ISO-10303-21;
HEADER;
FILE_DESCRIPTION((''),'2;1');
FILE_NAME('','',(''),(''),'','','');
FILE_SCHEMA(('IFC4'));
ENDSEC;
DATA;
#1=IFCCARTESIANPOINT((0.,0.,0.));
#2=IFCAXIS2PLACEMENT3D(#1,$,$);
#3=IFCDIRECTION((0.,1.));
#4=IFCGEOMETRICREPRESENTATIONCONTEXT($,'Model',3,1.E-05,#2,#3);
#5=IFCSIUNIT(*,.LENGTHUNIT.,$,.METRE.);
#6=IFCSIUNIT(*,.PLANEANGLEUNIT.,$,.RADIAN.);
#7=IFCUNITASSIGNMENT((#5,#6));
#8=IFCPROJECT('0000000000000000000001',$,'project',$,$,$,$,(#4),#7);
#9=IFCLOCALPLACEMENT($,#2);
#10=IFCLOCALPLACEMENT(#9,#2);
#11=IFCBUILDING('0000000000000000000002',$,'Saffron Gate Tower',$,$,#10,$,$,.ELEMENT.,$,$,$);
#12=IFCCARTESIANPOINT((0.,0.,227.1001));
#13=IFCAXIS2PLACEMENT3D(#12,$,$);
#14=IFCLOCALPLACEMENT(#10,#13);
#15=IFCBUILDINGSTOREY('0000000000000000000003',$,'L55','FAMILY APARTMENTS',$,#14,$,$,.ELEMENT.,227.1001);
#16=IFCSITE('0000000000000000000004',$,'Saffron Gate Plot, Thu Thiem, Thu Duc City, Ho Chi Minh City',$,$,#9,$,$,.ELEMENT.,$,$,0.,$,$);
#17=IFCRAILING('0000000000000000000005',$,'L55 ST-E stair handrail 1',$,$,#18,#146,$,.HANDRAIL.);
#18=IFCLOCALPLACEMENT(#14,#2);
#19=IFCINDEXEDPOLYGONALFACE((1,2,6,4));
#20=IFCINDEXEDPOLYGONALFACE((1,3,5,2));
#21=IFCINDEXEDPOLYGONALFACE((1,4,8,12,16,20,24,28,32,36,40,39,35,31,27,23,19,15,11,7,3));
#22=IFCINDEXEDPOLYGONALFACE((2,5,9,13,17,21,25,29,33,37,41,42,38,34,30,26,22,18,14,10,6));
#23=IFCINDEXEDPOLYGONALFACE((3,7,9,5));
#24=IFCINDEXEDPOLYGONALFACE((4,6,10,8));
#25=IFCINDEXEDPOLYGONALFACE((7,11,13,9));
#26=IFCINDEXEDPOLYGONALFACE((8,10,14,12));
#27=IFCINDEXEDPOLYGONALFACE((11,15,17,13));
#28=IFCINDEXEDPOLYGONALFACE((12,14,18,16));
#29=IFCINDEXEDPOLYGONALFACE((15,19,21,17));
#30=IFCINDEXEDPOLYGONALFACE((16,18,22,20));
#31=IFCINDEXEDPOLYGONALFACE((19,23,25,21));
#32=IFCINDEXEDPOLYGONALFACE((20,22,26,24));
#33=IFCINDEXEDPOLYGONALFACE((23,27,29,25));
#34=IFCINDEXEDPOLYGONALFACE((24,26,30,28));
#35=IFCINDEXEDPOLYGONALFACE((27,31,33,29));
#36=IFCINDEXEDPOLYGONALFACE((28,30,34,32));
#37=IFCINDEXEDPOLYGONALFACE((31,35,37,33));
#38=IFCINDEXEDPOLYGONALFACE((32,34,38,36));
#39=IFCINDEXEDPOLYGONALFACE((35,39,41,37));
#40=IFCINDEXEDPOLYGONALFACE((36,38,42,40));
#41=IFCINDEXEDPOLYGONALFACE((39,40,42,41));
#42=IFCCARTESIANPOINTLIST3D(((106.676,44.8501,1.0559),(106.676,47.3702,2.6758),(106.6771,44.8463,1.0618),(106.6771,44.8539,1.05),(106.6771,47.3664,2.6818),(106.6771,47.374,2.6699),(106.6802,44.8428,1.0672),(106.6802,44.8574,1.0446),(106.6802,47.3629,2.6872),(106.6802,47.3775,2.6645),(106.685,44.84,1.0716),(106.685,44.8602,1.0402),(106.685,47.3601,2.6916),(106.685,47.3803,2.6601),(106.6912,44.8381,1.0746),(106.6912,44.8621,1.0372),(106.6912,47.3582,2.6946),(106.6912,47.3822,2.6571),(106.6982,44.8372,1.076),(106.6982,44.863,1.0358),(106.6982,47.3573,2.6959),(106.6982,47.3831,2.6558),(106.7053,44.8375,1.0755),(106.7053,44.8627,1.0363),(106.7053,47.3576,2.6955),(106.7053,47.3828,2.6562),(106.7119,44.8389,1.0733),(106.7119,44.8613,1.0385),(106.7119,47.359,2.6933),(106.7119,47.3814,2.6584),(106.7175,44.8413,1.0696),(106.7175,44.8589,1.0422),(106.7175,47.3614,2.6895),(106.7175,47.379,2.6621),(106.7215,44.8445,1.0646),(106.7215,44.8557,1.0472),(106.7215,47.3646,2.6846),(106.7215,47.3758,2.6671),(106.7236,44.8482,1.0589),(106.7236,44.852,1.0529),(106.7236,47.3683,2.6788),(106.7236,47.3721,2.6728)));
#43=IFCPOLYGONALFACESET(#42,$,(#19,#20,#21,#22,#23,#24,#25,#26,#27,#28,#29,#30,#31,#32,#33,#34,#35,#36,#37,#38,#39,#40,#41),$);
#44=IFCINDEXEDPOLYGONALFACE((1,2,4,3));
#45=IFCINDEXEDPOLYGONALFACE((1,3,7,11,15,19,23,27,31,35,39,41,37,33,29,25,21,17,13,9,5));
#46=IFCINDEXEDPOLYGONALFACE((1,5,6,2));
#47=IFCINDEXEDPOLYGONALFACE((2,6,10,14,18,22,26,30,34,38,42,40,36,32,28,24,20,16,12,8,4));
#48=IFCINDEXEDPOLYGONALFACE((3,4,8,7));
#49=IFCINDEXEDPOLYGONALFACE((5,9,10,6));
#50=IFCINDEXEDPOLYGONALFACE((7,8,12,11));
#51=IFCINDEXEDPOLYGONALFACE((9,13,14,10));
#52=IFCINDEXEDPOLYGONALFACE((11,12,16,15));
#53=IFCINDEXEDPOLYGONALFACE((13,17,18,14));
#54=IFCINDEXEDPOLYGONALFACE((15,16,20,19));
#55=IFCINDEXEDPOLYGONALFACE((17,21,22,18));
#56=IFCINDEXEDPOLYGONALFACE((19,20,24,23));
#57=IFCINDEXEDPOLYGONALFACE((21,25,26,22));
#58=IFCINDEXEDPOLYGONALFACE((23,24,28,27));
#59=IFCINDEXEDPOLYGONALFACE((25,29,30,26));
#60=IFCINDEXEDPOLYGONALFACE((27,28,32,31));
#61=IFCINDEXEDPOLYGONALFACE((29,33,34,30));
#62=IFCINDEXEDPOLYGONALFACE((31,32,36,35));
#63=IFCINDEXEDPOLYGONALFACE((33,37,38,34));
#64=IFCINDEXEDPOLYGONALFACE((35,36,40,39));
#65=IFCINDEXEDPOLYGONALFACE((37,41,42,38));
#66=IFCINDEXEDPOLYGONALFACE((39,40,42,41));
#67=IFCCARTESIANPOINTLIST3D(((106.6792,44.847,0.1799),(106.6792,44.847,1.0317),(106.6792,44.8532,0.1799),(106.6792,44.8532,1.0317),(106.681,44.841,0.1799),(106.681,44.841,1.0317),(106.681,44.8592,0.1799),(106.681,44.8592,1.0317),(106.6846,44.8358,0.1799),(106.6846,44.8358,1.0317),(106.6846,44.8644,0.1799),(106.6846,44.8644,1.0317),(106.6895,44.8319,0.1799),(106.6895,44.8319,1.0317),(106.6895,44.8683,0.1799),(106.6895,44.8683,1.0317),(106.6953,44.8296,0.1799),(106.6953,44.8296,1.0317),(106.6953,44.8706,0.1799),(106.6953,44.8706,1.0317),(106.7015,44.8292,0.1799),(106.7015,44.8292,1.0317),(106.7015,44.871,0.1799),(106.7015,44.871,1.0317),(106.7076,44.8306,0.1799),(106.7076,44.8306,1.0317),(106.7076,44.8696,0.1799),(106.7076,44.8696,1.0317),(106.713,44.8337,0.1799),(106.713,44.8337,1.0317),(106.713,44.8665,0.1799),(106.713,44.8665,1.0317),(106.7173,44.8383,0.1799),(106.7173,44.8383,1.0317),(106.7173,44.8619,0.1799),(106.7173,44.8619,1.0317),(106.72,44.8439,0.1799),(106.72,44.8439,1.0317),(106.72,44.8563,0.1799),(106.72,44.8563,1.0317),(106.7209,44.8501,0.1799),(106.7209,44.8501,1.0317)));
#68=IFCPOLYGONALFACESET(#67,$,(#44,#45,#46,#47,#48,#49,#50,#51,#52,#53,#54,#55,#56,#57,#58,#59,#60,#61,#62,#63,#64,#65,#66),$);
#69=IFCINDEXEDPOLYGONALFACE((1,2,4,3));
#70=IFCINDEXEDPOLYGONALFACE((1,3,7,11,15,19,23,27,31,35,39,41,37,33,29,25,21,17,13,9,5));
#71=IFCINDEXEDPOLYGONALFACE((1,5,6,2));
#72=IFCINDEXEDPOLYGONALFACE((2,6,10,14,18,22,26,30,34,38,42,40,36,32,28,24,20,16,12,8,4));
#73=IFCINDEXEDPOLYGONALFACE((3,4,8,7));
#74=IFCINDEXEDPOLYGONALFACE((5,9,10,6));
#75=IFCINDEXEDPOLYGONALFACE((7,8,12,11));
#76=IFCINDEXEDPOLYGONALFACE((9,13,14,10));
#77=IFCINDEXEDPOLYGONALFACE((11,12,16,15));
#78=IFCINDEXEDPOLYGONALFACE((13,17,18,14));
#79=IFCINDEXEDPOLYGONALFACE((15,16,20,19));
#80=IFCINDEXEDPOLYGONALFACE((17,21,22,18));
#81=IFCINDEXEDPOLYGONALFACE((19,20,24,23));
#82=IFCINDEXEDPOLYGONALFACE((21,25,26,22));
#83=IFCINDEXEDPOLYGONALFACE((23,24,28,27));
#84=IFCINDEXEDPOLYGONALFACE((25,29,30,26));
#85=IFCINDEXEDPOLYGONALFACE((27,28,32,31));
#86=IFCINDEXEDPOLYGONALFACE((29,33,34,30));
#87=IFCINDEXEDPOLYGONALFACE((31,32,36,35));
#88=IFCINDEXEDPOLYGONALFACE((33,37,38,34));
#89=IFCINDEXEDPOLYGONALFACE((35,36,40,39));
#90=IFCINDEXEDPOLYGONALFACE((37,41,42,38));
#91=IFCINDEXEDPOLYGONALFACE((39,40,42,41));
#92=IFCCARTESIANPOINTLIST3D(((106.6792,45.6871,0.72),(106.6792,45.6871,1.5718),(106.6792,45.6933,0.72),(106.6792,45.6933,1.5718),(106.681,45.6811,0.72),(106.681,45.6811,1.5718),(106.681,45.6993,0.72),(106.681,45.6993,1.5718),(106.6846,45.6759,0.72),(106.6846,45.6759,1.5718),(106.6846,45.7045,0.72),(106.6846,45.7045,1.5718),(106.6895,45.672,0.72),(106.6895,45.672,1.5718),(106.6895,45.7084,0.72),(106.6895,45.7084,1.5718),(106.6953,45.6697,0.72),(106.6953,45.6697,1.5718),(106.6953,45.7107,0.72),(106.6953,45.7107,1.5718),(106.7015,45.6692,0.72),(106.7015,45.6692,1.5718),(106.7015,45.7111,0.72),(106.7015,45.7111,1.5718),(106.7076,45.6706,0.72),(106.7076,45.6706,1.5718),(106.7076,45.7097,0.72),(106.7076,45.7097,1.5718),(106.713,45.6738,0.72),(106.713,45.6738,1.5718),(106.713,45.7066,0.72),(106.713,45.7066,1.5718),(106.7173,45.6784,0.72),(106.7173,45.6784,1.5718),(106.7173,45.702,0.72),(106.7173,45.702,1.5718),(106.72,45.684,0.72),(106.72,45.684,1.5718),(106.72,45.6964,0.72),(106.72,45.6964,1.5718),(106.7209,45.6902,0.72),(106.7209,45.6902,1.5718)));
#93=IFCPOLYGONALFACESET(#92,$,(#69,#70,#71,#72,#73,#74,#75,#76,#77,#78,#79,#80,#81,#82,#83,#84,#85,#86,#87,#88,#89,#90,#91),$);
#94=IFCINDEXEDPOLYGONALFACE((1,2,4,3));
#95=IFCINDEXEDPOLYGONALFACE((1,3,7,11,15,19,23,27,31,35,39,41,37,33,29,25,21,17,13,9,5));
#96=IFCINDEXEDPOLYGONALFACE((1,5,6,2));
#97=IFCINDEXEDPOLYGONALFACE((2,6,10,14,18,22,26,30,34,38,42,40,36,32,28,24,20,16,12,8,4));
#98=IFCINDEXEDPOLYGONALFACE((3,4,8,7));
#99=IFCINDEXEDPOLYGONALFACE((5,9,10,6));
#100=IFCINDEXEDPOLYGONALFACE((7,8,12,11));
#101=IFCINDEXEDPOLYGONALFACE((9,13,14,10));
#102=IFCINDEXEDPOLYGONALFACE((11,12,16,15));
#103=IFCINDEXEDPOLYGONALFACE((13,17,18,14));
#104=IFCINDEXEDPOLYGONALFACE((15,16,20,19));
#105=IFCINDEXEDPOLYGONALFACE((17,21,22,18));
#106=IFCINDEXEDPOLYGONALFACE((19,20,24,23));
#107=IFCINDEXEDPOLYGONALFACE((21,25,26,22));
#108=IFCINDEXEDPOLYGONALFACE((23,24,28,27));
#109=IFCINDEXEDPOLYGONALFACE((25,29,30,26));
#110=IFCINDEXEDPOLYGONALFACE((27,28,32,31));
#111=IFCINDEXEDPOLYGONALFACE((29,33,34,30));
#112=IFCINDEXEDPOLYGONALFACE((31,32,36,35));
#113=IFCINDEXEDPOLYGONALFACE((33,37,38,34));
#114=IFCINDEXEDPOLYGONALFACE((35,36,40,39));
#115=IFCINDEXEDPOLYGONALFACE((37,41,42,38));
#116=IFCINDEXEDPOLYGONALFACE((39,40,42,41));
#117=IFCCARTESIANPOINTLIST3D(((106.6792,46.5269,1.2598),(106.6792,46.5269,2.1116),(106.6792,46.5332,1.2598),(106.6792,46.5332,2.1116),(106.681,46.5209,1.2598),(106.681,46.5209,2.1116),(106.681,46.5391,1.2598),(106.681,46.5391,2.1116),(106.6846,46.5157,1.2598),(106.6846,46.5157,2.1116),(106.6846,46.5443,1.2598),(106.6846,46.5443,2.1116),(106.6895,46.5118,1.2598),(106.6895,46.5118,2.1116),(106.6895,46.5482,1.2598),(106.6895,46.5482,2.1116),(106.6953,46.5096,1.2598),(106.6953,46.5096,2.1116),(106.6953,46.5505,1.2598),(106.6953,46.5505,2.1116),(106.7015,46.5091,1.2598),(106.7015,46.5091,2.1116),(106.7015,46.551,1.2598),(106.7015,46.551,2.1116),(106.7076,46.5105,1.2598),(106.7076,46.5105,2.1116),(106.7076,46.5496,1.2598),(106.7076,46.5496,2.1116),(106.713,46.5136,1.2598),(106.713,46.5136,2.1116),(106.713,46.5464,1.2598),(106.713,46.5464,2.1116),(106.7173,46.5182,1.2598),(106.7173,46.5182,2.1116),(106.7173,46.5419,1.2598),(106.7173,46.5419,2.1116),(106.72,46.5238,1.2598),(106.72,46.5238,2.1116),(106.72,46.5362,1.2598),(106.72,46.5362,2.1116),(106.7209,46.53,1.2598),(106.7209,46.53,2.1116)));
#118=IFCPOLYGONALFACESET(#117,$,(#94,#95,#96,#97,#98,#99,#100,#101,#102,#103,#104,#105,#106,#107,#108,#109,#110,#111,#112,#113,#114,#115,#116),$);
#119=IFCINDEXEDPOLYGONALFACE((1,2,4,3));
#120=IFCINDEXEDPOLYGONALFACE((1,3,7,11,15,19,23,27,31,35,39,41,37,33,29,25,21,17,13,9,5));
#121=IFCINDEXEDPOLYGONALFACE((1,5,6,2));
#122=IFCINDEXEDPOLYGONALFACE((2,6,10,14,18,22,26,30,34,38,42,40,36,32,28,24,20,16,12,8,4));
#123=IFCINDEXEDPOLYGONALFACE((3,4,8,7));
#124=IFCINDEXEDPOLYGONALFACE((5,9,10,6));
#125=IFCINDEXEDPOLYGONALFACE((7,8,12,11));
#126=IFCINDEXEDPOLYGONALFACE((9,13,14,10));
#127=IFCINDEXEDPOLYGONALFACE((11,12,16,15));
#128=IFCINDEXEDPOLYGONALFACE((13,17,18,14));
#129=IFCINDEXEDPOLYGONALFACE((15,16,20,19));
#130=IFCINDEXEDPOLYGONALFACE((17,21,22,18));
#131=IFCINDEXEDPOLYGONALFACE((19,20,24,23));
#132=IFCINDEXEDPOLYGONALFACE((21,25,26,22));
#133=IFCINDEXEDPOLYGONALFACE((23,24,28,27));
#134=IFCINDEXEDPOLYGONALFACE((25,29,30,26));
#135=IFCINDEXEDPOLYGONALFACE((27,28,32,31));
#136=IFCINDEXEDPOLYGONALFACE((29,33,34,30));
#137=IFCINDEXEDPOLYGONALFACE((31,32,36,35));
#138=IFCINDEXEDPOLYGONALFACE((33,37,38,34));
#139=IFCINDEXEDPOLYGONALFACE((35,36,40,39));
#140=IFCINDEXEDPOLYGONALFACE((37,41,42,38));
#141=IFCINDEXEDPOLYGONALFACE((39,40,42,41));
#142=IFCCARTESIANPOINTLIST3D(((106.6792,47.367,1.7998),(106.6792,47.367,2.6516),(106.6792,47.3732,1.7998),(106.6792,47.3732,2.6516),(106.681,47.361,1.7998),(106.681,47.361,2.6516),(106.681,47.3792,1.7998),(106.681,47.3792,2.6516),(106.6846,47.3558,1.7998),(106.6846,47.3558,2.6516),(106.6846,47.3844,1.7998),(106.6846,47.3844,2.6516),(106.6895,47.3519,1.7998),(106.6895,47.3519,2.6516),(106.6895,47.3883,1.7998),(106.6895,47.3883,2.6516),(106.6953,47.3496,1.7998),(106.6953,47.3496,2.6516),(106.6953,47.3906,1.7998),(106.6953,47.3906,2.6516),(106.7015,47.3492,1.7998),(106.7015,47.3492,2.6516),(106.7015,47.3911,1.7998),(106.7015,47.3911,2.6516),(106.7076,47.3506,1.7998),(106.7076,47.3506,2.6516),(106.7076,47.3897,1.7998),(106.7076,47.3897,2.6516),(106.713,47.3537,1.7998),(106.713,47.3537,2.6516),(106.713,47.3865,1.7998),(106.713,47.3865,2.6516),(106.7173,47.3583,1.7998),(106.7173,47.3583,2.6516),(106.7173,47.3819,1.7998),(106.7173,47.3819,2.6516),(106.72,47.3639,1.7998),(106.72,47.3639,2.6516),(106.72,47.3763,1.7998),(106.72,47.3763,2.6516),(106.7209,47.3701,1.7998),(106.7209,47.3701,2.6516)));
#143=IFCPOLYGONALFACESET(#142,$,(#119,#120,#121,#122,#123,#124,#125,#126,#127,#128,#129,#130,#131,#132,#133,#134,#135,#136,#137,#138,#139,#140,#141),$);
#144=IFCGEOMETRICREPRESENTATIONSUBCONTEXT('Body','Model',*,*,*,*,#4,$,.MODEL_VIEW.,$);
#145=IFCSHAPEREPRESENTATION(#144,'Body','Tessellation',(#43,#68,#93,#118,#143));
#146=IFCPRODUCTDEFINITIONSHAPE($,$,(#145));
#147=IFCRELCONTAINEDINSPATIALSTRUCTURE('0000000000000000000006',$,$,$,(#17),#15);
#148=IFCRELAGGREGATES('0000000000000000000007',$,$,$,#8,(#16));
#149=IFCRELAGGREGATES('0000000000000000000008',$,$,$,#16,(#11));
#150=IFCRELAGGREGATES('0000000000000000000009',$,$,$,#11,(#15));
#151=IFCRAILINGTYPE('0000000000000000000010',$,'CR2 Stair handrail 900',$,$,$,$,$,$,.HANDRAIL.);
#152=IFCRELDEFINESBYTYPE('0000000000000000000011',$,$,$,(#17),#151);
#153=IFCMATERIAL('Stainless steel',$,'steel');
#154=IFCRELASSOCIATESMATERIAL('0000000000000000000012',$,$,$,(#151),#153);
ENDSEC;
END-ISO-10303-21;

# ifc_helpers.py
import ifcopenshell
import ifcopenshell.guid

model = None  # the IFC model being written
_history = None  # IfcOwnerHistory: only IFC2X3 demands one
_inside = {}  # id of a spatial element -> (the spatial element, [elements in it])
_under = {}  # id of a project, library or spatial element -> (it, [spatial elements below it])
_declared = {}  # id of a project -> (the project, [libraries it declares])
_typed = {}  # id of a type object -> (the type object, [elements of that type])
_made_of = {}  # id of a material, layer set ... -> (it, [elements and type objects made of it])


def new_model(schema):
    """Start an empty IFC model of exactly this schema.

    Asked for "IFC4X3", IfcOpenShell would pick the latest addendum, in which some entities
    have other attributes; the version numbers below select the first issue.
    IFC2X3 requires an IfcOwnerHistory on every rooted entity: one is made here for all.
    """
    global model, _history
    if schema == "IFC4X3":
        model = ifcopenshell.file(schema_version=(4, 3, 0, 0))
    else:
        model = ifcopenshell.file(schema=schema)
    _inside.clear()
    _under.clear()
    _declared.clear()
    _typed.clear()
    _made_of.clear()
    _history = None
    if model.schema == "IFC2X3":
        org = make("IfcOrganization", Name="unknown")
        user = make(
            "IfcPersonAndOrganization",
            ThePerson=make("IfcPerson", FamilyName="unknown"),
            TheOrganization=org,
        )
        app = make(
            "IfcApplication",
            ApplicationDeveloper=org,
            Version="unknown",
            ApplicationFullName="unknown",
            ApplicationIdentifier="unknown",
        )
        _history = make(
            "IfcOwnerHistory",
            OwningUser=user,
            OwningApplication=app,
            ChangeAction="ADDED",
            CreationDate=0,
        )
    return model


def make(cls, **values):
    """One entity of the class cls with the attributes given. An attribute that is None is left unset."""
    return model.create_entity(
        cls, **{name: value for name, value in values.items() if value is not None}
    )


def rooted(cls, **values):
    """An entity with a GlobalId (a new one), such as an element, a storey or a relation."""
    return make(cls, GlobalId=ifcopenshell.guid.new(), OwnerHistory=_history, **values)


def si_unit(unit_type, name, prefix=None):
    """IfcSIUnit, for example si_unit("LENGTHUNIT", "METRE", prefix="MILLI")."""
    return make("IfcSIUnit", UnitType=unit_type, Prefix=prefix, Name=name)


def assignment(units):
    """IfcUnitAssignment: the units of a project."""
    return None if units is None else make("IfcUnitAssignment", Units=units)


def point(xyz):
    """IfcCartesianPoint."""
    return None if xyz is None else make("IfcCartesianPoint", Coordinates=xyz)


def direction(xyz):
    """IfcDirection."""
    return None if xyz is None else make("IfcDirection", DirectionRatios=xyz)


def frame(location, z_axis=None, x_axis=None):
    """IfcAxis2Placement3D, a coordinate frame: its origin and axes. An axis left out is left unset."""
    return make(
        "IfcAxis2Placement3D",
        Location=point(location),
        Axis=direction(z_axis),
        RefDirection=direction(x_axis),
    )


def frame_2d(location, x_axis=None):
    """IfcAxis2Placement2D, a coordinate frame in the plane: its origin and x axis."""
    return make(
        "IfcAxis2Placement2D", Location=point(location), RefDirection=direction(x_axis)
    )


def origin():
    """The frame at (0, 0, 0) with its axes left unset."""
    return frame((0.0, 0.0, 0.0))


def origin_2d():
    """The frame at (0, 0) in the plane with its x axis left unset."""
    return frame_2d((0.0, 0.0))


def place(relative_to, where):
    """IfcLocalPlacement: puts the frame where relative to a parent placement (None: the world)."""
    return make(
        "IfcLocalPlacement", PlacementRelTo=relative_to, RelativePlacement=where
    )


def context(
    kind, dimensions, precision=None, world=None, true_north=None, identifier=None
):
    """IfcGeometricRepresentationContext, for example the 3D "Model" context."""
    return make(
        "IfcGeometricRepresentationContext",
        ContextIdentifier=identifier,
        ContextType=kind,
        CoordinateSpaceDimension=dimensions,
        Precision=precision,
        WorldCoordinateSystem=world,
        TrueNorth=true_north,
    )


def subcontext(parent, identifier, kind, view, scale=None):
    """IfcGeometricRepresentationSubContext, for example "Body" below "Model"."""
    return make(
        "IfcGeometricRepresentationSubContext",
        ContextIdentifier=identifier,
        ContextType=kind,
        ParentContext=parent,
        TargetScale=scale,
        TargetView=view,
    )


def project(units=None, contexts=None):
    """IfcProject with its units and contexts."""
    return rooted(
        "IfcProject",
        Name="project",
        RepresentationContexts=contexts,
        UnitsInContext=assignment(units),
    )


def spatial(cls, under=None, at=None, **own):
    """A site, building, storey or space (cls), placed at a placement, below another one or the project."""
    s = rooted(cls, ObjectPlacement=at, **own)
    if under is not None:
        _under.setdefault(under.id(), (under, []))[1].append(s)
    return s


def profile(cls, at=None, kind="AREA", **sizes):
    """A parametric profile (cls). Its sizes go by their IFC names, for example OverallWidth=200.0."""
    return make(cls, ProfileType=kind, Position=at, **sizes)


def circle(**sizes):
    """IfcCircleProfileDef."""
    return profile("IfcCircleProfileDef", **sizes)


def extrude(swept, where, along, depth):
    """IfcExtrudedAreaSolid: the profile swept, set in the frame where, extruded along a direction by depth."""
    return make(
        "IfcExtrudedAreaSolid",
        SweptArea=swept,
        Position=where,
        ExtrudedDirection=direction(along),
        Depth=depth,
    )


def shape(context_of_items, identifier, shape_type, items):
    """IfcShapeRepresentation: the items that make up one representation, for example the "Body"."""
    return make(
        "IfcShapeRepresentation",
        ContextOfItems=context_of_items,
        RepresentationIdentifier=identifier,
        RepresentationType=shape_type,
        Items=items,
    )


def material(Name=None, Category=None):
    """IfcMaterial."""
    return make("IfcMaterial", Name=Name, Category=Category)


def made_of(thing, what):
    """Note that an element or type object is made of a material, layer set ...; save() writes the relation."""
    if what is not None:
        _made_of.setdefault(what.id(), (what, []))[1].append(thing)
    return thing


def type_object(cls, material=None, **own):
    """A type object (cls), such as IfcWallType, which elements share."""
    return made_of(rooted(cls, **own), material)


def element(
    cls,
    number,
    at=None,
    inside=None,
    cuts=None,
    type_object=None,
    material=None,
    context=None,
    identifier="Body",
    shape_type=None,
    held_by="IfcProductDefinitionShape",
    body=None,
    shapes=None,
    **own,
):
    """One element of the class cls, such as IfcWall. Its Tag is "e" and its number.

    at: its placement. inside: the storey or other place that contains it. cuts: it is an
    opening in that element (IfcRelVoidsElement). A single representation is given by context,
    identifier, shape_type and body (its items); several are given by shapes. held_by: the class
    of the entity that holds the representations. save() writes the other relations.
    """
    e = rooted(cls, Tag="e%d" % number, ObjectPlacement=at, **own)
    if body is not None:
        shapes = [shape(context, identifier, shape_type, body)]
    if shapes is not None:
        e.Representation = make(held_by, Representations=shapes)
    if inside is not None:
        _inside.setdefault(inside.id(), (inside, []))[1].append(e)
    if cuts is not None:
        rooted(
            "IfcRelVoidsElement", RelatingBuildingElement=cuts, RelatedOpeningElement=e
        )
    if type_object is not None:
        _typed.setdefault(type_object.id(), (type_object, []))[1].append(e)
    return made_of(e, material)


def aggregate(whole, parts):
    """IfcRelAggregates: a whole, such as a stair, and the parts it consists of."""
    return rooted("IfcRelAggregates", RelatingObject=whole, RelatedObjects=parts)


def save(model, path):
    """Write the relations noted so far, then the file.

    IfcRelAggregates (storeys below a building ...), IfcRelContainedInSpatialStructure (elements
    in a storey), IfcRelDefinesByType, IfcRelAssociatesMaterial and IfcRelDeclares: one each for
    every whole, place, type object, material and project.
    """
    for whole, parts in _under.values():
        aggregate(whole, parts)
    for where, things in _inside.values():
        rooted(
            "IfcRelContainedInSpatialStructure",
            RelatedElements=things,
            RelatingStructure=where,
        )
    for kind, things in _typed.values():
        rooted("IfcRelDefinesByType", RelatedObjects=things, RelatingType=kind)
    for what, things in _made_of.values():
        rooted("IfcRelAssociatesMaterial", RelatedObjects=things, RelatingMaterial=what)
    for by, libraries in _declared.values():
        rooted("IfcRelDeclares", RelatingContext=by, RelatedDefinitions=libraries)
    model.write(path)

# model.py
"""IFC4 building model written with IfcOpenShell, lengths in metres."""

from ifc_helpers import new_model, si_unit, direction, frame, origin, origin_2d, place, context, subcontext, project, spatial, circle, extrude, material, type_object, element, save


model = new_model("IFC4")

# Units and contexts
model_context = context("Model", 3, precision=1e-05, world=origin(), true_north=direction((0.0, 1.0)))
body_context = subcontext(model_context, "Body", "Model", "MODEL_VIEW")
ifc_project = project(units=[si_unit("LENGTHUNIT", "METRE"), si_unit("PLANEANGLEUNIT", "RADIAN")], contexts=[model_context])

# Site, building, storey
site_placement = place(None, origin())
site = spatial("IfcSite", under=ifc_project, at=site_placement, Name="Saffron Gate Plot, Thu Thiem, Thu Duc City, Ho Chi Minh City", CompositionType="ELEMENT", RefElevation=0.0)
building_placement = place(site_placement, origin())
building = spatial("IfcBuilding", under=site, at=building_placement, Name="Saffron Gate Tower", CompositionType="ELEMENT")
storey_placement = place(building_placement, frame((0.0, 0.0, 227.1001)))
storey = spatial("IfcBuildingStorey", under=building, at=storey_placement, Name="L55", Description="FAMILY APARTMENTS", CompositionType="ELEMENT", Elevation=227.1001)

# Railing
ifc_material_1 = material(Name="Stainless steel", Category="steel")
railing_type_1 = type_object("IfcRailingType", Name="CR2 Stair handrail 900", PredefinedType="HANDRAIL", material=ifc_material_1)
railing_1_placement = place(storey_placement, frame((106.7, 44.8501, 0.1799)))
element("IfcRailing", 1, at=railing_1_placement, inside=storey, type_object=railing_type_1, Name="L55 ST-E stair handrail 1", PredefinedType="HANDRAIL", context=body_context, shape_type="SweptSolid", body=[
    extrude(circle(Radius=0.0239, at=origin_2d()), frame((0.0, 0.0, 0.876), z_axis=(0.0, 0.8412, 0.540725), x_axis=(-1.0, 0.0, 0.0)), (0.0, 0.0, 1.0), 2.9958),
    extrude(circle(Radius=0.021, at=origin_2d()), origin(), (0.0, 0.0, 1.0), 0.8518),
    extrude(circle(Radius=0.021, at=origin_2d()), frame((0.0, 0.8401, 0.54)), (0.0, 0.0, 1.0), 0.8518),
    extrude(circle(Radius=0.021, at=origin_2d()), frame((0.0, 1.6799, 1.0798)), (0.0, 0.0, 1.0), 0.8518),
    extrude(circle(Radius=0.021, at=origin_2d()), frame((0.0, 2.52, 1.6199)), (0.0, 0.0, 1.0), 0.8518),
])

save(model, "model.ifc")
